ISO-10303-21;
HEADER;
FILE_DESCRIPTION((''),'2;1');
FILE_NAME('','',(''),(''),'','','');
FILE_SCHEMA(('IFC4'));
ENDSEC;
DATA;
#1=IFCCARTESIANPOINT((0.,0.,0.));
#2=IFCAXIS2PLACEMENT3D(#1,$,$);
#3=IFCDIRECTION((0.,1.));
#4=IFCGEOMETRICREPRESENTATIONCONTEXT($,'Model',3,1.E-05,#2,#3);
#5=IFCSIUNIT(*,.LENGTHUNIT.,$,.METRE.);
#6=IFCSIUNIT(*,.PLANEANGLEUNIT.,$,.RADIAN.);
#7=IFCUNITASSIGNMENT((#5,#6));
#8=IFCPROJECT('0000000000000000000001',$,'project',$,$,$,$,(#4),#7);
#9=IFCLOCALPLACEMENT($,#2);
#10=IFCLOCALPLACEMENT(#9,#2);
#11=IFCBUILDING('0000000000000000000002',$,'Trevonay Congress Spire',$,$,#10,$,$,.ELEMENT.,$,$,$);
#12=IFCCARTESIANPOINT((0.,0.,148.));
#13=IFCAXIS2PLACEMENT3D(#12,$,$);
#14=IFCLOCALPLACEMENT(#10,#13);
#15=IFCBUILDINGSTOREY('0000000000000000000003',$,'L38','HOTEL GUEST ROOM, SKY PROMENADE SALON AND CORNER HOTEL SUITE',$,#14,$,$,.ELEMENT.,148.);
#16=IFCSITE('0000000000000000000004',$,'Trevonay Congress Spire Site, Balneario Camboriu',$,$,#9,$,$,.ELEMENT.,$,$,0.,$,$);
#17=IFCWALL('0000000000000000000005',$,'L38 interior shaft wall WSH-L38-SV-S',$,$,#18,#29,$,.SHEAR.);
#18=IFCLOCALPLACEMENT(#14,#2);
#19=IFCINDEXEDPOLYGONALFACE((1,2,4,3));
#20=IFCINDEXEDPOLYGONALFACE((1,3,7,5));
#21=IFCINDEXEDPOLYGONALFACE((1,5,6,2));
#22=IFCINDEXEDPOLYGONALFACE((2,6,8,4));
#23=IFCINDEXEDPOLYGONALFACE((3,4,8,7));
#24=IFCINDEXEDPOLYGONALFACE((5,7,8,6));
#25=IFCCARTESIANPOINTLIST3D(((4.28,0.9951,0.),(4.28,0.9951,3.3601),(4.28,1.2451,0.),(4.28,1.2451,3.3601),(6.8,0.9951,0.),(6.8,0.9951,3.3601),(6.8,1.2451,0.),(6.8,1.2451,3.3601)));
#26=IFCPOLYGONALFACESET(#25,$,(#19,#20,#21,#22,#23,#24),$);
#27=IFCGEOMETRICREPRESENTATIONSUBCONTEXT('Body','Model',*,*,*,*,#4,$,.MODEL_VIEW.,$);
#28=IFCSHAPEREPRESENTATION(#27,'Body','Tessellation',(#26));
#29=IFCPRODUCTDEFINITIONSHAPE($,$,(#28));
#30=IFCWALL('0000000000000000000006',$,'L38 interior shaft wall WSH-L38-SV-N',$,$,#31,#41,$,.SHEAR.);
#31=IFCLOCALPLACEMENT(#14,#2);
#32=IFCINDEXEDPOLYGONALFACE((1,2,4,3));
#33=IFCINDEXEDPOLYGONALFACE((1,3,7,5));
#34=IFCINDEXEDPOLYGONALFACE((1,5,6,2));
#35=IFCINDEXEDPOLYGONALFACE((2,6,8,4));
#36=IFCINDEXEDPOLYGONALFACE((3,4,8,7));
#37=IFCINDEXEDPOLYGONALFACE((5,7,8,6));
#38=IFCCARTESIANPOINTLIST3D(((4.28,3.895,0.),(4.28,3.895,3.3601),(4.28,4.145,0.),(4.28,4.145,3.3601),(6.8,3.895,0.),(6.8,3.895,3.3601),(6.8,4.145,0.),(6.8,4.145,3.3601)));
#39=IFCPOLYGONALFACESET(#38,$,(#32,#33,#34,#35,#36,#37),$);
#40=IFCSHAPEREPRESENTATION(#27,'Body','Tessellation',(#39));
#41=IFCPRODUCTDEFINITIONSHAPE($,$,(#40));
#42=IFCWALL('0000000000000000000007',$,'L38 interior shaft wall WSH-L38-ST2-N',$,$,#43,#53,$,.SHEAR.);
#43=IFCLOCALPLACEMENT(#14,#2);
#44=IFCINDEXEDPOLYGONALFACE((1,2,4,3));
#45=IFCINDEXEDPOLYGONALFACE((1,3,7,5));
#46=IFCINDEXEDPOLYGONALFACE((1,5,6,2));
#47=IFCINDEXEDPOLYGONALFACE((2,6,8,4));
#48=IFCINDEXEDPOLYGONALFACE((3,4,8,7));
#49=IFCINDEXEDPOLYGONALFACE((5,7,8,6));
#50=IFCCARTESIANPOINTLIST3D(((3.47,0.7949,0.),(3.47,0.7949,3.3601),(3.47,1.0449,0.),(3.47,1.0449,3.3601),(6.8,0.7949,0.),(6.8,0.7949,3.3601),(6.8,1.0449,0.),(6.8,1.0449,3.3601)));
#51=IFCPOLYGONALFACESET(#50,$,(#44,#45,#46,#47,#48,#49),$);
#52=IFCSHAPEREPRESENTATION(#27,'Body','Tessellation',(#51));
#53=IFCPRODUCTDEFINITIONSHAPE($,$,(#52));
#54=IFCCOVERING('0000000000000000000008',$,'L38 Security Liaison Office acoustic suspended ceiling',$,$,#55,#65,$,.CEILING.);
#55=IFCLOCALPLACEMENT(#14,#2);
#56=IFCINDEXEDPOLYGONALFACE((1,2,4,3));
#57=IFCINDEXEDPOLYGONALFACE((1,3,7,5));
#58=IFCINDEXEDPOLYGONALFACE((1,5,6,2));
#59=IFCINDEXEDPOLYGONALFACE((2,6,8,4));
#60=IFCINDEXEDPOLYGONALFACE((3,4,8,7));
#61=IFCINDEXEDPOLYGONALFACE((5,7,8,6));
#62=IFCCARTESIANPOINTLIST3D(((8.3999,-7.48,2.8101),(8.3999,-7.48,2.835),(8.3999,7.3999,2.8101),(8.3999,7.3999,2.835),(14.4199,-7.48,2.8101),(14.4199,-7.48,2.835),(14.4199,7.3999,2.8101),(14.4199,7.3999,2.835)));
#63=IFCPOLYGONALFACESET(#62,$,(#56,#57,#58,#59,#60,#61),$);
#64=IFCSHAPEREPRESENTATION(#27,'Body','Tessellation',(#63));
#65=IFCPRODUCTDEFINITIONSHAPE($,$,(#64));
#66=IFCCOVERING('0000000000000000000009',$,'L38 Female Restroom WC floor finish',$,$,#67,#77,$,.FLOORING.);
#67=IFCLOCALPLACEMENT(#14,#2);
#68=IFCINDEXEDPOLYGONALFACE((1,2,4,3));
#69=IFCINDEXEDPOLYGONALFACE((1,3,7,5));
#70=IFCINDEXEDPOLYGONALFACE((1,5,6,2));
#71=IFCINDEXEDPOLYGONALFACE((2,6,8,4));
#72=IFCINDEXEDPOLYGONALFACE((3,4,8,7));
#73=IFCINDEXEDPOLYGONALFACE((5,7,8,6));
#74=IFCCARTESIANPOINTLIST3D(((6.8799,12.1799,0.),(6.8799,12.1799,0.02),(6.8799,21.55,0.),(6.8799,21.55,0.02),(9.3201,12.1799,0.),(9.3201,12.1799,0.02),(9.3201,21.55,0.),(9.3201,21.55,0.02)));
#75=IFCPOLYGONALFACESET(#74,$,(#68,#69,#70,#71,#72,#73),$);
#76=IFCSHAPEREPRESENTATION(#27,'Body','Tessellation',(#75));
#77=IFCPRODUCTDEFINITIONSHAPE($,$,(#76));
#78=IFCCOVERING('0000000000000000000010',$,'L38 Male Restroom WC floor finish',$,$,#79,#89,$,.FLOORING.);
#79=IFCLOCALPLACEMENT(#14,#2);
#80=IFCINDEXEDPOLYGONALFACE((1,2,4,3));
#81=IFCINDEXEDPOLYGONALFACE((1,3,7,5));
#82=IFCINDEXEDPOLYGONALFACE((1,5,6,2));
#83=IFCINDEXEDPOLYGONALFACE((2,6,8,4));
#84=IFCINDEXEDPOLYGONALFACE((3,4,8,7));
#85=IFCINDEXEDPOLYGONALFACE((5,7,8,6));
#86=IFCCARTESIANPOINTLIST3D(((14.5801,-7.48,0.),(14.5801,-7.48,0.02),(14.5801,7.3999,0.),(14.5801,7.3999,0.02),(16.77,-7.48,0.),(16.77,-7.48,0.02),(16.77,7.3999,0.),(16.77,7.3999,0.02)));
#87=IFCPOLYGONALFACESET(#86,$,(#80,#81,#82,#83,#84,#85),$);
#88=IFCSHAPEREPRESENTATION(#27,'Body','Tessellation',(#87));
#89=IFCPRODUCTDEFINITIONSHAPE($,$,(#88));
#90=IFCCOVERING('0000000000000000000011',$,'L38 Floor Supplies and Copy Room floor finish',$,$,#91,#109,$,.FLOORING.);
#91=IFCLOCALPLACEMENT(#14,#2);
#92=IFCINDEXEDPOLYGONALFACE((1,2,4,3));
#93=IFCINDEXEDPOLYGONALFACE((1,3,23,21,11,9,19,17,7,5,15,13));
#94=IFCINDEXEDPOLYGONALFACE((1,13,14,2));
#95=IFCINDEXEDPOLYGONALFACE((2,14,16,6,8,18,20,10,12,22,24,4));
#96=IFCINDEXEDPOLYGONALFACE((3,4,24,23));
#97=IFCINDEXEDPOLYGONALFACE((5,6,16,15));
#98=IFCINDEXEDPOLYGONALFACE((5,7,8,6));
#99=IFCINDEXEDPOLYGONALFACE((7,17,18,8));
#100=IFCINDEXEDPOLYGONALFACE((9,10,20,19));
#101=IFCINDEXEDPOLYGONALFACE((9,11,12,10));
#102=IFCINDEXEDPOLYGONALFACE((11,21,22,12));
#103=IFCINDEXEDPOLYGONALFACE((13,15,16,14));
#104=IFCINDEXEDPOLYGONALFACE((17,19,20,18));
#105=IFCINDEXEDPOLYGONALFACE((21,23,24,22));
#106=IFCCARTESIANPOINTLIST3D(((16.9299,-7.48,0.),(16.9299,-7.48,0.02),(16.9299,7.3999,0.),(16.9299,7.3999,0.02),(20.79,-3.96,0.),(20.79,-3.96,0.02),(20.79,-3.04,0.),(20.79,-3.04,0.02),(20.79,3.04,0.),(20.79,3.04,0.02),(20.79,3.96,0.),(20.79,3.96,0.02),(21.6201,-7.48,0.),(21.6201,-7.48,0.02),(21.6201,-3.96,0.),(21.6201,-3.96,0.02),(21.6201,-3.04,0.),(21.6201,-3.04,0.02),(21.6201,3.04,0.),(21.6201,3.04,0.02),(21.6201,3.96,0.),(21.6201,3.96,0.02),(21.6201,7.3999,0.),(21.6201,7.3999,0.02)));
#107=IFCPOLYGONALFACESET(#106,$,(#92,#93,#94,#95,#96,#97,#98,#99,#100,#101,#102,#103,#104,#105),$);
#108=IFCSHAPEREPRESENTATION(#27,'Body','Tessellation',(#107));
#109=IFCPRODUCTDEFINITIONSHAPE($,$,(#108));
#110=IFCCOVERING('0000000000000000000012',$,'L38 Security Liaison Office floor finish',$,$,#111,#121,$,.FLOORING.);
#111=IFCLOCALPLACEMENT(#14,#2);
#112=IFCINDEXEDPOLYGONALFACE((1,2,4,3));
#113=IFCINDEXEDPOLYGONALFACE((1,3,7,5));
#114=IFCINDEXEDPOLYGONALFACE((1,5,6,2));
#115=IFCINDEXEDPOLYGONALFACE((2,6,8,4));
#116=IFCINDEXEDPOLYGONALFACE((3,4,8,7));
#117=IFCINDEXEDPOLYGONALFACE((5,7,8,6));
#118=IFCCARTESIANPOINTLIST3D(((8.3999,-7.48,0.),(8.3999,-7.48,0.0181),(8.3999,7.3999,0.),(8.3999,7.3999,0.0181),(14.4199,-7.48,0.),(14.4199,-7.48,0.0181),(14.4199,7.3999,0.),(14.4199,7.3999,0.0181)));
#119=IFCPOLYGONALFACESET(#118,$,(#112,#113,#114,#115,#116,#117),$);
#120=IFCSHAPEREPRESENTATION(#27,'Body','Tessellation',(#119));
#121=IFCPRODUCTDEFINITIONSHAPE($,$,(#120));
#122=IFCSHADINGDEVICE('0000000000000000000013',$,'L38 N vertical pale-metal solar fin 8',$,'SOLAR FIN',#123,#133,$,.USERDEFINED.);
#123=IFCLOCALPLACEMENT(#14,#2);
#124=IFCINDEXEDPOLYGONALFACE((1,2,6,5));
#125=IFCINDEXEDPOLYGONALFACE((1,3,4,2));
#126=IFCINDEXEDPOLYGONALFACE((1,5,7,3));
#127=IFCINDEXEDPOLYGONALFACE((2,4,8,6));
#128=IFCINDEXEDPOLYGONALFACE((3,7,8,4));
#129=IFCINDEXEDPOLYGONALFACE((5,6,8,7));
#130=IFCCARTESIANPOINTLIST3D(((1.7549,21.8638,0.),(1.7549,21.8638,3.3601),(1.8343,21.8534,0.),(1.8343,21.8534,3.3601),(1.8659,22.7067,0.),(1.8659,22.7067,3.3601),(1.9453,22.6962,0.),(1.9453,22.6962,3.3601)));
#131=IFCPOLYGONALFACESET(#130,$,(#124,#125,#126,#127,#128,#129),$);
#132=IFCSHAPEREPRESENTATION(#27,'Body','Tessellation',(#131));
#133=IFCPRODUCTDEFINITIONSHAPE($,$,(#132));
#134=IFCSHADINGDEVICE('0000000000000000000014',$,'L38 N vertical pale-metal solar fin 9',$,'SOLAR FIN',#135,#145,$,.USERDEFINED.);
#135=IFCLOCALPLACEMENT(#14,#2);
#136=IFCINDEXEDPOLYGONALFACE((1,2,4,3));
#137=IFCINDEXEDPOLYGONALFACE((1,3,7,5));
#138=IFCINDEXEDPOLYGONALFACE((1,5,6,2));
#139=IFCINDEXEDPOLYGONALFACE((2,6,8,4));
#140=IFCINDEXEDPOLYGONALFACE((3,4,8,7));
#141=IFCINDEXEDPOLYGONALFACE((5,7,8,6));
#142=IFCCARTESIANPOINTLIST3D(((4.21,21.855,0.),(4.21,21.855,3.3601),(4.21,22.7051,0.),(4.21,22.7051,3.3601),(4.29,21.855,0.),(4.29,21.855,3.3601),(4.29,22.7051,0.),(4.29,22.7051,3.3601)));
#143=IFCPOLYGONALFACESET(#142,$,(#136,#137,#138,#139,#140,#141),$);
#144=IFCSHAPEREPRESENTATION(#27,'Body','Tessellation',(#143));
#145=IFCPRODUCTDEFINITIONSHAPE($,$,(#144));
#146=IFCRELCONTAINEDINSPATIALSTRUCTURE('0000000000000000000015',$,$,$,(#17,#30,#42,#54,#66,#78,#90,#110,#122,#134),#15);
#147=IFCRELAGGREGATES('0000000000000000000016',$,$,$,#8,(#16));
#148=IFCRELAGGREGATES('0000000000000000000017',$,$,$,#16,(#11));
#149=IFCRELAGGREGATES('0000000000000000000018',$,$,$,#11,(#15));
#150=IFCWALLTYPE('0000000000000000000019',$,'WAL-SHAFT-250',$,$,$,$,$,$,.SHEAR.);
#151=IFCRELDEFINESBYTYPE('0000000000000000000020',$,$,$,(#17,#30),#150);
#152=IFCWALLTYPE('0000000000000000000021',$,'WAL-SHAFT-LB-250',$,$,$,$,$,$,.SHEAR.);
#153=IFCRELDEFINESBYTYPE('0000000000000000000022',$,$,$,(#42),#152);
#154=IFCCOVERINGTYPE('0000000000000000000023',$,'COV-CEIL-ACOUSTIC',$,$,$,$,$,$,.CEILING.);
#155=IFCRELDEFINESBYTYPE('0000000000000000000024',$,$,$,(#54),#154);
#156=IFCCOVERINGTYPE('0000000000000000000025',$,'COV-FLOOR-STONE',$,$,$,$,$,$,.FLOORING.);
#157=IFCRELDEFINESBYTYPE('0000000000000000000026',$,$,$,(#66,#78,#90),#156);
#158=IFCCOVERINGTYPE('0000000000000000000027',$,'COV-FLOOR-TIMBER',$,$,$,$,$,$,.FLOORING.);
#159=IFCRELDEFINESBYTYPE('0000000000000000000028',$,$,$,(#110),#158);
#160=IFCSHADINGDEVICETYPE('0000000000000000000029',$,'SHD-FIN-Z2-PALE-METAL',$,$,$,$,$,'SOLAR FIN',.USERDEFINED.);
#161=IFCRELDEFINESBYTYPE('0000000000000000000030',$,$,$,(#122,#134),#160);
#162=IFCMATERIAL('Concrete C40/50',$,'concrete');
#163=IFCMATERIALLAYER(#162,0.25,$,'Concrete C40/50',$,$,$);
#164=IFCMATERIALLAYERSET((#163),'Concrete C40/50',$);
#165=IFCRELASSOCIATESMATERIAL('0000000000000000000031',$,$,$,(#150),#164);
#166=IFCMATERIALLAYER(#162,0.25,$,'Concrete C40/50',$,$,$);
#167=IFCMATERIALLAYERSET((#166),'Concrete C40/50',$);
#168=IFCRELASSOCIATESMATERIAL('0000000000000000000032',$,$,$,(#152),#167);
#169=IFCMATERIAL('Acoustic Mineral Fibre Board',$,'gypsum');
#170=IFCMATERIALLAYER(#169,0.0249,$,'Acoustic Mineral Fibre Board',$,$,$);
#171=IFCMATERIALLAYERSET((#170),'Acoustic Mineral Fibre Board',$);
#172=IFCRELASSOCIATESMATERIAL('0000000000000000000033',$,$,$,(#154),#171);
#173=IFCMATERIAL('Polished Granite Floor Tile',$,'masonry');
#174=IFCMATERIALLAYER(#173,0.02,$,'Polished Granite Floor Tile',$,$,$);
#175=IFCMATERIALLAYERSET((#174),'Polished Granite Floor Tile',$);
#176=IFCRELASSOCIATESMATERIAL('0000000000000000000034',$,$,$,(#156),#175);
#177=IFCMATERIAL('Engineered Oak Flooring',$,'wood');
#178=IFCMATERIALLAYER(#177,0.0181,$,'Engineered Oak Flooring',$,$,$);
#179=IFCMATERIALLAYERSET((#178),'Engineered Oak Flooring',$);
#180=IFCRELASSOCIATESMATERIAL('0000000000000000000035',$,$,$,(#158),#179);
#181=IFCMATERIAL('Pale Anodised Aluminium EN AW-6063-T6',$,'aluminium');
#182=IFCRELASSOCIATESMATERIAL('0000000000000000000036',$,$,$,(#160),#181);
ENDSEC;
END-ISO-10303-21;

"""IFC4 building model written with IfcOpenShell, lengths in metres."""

from ifc_helpers import new_model, si_unit, direction, frame, frame_2d, origin, origin_2d, place, context, subcontext, project, spatial, polyline, rectangle, outline, extrude, material, layer, layer_set, type_object, element, save


model = new_model("IFC4")

# Units and contexts
model_context = context("Model", 3, precision=1e-05, world=origin(), true_north=direction((0.0, 1.0)))
body_context = subcontext(model_context, "Body", "Model", "MODEL_VIEW")
ifc_project = project(units=[si_unit("LENGTHUNIT", "METRE"), si_unit("PLANEANGLEUNIT", "RADIAN")], contexts=[model_context])

# Site, building, storey
site_placement = place(None, origin())
site = spatial("IfcSite", under=ifc_project, at=site_placement, Name="Trevonay Congress Spire Site, Balneario Camboriu", CompositionType="ELEMENT", RefElevation=0.0)
building_placement = place(site_placement, origin())
building = spatial("IfcBuilding", under=site, at=building_placement, Name="Trevonay Congress Spire", CompositionType="ELEMENT")
storey_placement = place(building_placement, frame((0.0, 0.0, 148.0)))
storey = spatial("IfcBuildingStorey", under=building, at=storey_placement, Name="L38", Description="HOTEL GUEST ROOM, SKY PROMENADE SALON AND CORNER HOTEL SUITE", CompositionType="ELEMENT", Elevation=148.0)

# Shared definitions
ifc_material_1 = material(Name="Pale Anodised Aluminium EN AW-6063-T6", Category="aluminium")

# Shared definitions
ifc_material_2 = material(Name="Concrete C40/50", Category="concrete")
ifc_layer_1 = layer(ifc_material_2, 0.25, Name="Concrete C40/50")
ifc_layer_set_1 = layer_set([ifc_layer_1], Name="Concrete C40/50")
wall_type_1 = type_object("IfcWallType", Name="WAL-SHAFT-250", PredefinedType="SHEAR", material=ifc_layer_set_1)

# Walls
for number, where, z_axis, x_axis, name in (
    (1, (4.28, 1.1201, 0.0), (0.0, 0.0, 1.0), (1.0, 0.0, 0.0), "L38 interior shaft wall WSH-L38-SV-S"),
    (2, (4.28, 4.02, 0.0), (0.0, 0.0, 1.0), (1.0, 0.0, 0.0), "L38 interior shaft wall WSH-L38-SV-N"),
):
    element("IfcWall", number, at=place(storey_placement, frame(where, z_axis=z_axis, x_axis=x_axis)), inside=storey, type_object=wall_type_1, Name=name, PredefinedType="SHEAR", context=body_context, shape_type="SweptSolid", body=[
        extrude(rectangle(XDim=2.52, YDim=0.25, at=frame_2d((1.26, 0.0))), origin(), (0.0, 0.0, 1.0), 3.3601),
    ])
ifc_layer_2 = layer(ifc_material_2, 0.25, Name="Concrete C40/50")
ifc_layer_set_2 = layer_set([ifc_layer_2], Name="Concrete C40/50")
wall_type_2 = type_object("IfcWallType", Name="WAL-SHAFT-LB-250", PredefinedType="SHEAR", material=ifc_layer_set_2)
wall_1_placement = place(storey_placement, frame((3.47, 0.9199, 0.0), z_axis=(0.0, 0.0, 1.0), x_axis=(1.0, 0.0, 0.0)))
element("IfcWall", 3, at=wall_1_placement, inside=storey, type_object=wall_type_2, Name="L38 interior shaft wall WSH-L38-ST2-N", PredefinedType="SHEAR", context=body_context, shape_type="SweptSolid", body=[
    extrude(rectangle(XDim=3.3301, YDim=0.25, at=frame_2d((1.665, 0.0))), origin(), (0.0, 0.0, 1.0), 3.3601),
])

# Coverings
ifc_material_3 = material(Name="Acoustic Mineral Fibre Board", Category="gypsum")
ifc_layer_3 = layer(ifc_material_3, 0.0249, Name="Acoustic Mineral Fibre Board")
ifc_layer_set_3 = layer_set([ifc_layer_3], Name="Acoustic Mineral Fibre Board")
covering_type_1 = type_object("IfcCoveringType", Name="COV-CEIL-ACOUSTIC", PredefinedType="CEILING", material=ifc_layer_set_3)
covering_1_placement = place(storey_placement, frame((0.0, 0.0, 2.8101)))
element("IfcCovering", 4, at=covering_1_placement, inside=storey, type_object=covering_type_1, Name="L38 Security Liaison Office acoustic suspended ceiling", PredefinedType="CEILING", context=body_context, shape_type="SweptSolid", body=[
    extrude(outline(polyline([(8.3999, -7.48), (14.4199, -7.48), (14.4199, 7.3999), (8.3999, 7.3999), (8.3999, -7.48)])), origin(), (0.0, 0.0, 1.0), 0.0249),
])
ifc_material_4 = material(Name="Polished Granite Floor Tile", Category="masonry")
ifc_layer_4 = layer(ifc_material_4, 0.02, Name="Polished Granite Floor Tile")
ifc_layer_set_4 = layer_set([ifc_layer_4], Name="Polished Granite Floor Tile")
covering_type_2 = type_object("IfcCoveringType", Name="COV-FLOOR-STONE", PredefinedType="FLOORING", material=ifc_layer_set_4)
covering_2_placement = place(storey_placement, origin())
element("IfcCovering", 5, at=covering_2_placement, inside=storey, type_object=covering_type_2, Name="L38 Female Restroom WC floor finish", PredefinedType="FLOORING", context=body_context, shape_type="SweptSolid", body=[
    extrude(outline(polyline([(6.8799, 12.1799), (9.3201, 12.1799), (9.3201, 21.55), (6.8799, 21.55), (6.8799, 12.1799)])), origin(), (0.0, 0.0, 1.0), 0.02),
])
covering_3_placement = place(storey_placement, origin())
element("IfcCovering", 6, at=covering_3_placement, inside=storey, type_object=covering_type_2, Name="L38 Male Restroom WC floor finish", PredefinedType="FLOORING", context=body_context, shape_type="SweptSolid", body=[
    extrude(outline(polyline([(14.5801, -7.48), (16.77, -7.48), (16.77, 7.3999), (14.5801, 7.3999), (14.5801, -7.48)])), origin(), (0.0, 0.0, 1.0), 0.02),
])
covering_4_placement = place(storey_placement, origin())
element("IfcCovering", 7, at=covering_4_placement, inside=storey, type_object=covering_type_2, Name="L38 Floor Supplies and Copy Room floor finish", PredefinedType="FLOORING", context=body_context, shape_type="SweptSolid", body=[
    extrude(outline(polyline([(21.6201, -7.48), (16.9299, -7.48), (16.9299, 7.3999), (21.6201, 7.3999), (21.6201, 3.96), (20.79, 3.96), (20.79, 3.04), (21.6201, 3.04), (21.6201, -3.04), (20.79, -3.04), (20.79, -3.96), (21.6201, -3.96), (21.6201, -7.48)])), origin(), (0.0, 0.0, 1.0), 0.02),
])
ifc_material_5 = material(Name="Engineered Oak Flooring", Category="wood")
ifc_layer_5 = layer(ifc_material_5, 0.0181, Name="Engineered Oak Flooring")
ifc_layer_set_5 = layer_set([ifc_layer_5], Name="Engineered Oak Flooring")
covering_type_3 = type_object("IfcCoveringType", Name="COV-FLOOR-TIMBER", PredefinedType="FLOORING", material=ifc_layer_set_5)
covering_5_placement = place(storey_placement, origin())
element("IfcCovering", 8, at=covering_5_placement, inside=storey, type_object=covering_type_3, Name="L38 Security Liaison Office floor finish", PredefinedType="FLOORING", context=body_context, shape_type="SweptSolid", body=[
    extrude(outline(polyline([(8.3999, -7.48), (14.4199, -7.48), (14.4199, 7.3999), (8.3999, 7.3999), (8.3999, -7.48)])), origin(), (0.0, 0.0, 1.0), 0.0181),
])

# Shading devices
shading_device_type = type_object("IfcShadingDeviceType", Name="SHD-FIN-Z2-PALE-METAL", ElementType="SOLAR FIN", PredefinedType="USERDEFINED", material=ifc_material_1)
for number, where, z_axis, x_axis, name in (
    (9, (1.8501, 22.28, 0.0), (0.0, 0.0, 1.0), (0.991445, -0.130526, 0.0), "L38 N vertical pale-metal solar fin 8"),
    (10, (4.25, 22.28, 0.0), (0.0, 0.0, 1.0), (1.0, 0.0, 0.0), "L38 N vertical pale-metal solar fin 9"),
):
    element("IfcShadingDevice", number, at=place(storey_placement, frame(where, z_axis=z_axis, x_axis=x_axis)), inside=storey, type_object=shading_device_type, Name=name, ObjectType="SOLAR FIN", PredefinedType="USERDEFINED", context=body_context, shape_type="SweptSolid", body=[
        extrude(rectangle(XDim=0.0801, YDim=0.8501, at=origin_2d()), origin(), (0.0, 0.0, 1.0), 3.3601),
    ])

save(model, "model.ifc")
